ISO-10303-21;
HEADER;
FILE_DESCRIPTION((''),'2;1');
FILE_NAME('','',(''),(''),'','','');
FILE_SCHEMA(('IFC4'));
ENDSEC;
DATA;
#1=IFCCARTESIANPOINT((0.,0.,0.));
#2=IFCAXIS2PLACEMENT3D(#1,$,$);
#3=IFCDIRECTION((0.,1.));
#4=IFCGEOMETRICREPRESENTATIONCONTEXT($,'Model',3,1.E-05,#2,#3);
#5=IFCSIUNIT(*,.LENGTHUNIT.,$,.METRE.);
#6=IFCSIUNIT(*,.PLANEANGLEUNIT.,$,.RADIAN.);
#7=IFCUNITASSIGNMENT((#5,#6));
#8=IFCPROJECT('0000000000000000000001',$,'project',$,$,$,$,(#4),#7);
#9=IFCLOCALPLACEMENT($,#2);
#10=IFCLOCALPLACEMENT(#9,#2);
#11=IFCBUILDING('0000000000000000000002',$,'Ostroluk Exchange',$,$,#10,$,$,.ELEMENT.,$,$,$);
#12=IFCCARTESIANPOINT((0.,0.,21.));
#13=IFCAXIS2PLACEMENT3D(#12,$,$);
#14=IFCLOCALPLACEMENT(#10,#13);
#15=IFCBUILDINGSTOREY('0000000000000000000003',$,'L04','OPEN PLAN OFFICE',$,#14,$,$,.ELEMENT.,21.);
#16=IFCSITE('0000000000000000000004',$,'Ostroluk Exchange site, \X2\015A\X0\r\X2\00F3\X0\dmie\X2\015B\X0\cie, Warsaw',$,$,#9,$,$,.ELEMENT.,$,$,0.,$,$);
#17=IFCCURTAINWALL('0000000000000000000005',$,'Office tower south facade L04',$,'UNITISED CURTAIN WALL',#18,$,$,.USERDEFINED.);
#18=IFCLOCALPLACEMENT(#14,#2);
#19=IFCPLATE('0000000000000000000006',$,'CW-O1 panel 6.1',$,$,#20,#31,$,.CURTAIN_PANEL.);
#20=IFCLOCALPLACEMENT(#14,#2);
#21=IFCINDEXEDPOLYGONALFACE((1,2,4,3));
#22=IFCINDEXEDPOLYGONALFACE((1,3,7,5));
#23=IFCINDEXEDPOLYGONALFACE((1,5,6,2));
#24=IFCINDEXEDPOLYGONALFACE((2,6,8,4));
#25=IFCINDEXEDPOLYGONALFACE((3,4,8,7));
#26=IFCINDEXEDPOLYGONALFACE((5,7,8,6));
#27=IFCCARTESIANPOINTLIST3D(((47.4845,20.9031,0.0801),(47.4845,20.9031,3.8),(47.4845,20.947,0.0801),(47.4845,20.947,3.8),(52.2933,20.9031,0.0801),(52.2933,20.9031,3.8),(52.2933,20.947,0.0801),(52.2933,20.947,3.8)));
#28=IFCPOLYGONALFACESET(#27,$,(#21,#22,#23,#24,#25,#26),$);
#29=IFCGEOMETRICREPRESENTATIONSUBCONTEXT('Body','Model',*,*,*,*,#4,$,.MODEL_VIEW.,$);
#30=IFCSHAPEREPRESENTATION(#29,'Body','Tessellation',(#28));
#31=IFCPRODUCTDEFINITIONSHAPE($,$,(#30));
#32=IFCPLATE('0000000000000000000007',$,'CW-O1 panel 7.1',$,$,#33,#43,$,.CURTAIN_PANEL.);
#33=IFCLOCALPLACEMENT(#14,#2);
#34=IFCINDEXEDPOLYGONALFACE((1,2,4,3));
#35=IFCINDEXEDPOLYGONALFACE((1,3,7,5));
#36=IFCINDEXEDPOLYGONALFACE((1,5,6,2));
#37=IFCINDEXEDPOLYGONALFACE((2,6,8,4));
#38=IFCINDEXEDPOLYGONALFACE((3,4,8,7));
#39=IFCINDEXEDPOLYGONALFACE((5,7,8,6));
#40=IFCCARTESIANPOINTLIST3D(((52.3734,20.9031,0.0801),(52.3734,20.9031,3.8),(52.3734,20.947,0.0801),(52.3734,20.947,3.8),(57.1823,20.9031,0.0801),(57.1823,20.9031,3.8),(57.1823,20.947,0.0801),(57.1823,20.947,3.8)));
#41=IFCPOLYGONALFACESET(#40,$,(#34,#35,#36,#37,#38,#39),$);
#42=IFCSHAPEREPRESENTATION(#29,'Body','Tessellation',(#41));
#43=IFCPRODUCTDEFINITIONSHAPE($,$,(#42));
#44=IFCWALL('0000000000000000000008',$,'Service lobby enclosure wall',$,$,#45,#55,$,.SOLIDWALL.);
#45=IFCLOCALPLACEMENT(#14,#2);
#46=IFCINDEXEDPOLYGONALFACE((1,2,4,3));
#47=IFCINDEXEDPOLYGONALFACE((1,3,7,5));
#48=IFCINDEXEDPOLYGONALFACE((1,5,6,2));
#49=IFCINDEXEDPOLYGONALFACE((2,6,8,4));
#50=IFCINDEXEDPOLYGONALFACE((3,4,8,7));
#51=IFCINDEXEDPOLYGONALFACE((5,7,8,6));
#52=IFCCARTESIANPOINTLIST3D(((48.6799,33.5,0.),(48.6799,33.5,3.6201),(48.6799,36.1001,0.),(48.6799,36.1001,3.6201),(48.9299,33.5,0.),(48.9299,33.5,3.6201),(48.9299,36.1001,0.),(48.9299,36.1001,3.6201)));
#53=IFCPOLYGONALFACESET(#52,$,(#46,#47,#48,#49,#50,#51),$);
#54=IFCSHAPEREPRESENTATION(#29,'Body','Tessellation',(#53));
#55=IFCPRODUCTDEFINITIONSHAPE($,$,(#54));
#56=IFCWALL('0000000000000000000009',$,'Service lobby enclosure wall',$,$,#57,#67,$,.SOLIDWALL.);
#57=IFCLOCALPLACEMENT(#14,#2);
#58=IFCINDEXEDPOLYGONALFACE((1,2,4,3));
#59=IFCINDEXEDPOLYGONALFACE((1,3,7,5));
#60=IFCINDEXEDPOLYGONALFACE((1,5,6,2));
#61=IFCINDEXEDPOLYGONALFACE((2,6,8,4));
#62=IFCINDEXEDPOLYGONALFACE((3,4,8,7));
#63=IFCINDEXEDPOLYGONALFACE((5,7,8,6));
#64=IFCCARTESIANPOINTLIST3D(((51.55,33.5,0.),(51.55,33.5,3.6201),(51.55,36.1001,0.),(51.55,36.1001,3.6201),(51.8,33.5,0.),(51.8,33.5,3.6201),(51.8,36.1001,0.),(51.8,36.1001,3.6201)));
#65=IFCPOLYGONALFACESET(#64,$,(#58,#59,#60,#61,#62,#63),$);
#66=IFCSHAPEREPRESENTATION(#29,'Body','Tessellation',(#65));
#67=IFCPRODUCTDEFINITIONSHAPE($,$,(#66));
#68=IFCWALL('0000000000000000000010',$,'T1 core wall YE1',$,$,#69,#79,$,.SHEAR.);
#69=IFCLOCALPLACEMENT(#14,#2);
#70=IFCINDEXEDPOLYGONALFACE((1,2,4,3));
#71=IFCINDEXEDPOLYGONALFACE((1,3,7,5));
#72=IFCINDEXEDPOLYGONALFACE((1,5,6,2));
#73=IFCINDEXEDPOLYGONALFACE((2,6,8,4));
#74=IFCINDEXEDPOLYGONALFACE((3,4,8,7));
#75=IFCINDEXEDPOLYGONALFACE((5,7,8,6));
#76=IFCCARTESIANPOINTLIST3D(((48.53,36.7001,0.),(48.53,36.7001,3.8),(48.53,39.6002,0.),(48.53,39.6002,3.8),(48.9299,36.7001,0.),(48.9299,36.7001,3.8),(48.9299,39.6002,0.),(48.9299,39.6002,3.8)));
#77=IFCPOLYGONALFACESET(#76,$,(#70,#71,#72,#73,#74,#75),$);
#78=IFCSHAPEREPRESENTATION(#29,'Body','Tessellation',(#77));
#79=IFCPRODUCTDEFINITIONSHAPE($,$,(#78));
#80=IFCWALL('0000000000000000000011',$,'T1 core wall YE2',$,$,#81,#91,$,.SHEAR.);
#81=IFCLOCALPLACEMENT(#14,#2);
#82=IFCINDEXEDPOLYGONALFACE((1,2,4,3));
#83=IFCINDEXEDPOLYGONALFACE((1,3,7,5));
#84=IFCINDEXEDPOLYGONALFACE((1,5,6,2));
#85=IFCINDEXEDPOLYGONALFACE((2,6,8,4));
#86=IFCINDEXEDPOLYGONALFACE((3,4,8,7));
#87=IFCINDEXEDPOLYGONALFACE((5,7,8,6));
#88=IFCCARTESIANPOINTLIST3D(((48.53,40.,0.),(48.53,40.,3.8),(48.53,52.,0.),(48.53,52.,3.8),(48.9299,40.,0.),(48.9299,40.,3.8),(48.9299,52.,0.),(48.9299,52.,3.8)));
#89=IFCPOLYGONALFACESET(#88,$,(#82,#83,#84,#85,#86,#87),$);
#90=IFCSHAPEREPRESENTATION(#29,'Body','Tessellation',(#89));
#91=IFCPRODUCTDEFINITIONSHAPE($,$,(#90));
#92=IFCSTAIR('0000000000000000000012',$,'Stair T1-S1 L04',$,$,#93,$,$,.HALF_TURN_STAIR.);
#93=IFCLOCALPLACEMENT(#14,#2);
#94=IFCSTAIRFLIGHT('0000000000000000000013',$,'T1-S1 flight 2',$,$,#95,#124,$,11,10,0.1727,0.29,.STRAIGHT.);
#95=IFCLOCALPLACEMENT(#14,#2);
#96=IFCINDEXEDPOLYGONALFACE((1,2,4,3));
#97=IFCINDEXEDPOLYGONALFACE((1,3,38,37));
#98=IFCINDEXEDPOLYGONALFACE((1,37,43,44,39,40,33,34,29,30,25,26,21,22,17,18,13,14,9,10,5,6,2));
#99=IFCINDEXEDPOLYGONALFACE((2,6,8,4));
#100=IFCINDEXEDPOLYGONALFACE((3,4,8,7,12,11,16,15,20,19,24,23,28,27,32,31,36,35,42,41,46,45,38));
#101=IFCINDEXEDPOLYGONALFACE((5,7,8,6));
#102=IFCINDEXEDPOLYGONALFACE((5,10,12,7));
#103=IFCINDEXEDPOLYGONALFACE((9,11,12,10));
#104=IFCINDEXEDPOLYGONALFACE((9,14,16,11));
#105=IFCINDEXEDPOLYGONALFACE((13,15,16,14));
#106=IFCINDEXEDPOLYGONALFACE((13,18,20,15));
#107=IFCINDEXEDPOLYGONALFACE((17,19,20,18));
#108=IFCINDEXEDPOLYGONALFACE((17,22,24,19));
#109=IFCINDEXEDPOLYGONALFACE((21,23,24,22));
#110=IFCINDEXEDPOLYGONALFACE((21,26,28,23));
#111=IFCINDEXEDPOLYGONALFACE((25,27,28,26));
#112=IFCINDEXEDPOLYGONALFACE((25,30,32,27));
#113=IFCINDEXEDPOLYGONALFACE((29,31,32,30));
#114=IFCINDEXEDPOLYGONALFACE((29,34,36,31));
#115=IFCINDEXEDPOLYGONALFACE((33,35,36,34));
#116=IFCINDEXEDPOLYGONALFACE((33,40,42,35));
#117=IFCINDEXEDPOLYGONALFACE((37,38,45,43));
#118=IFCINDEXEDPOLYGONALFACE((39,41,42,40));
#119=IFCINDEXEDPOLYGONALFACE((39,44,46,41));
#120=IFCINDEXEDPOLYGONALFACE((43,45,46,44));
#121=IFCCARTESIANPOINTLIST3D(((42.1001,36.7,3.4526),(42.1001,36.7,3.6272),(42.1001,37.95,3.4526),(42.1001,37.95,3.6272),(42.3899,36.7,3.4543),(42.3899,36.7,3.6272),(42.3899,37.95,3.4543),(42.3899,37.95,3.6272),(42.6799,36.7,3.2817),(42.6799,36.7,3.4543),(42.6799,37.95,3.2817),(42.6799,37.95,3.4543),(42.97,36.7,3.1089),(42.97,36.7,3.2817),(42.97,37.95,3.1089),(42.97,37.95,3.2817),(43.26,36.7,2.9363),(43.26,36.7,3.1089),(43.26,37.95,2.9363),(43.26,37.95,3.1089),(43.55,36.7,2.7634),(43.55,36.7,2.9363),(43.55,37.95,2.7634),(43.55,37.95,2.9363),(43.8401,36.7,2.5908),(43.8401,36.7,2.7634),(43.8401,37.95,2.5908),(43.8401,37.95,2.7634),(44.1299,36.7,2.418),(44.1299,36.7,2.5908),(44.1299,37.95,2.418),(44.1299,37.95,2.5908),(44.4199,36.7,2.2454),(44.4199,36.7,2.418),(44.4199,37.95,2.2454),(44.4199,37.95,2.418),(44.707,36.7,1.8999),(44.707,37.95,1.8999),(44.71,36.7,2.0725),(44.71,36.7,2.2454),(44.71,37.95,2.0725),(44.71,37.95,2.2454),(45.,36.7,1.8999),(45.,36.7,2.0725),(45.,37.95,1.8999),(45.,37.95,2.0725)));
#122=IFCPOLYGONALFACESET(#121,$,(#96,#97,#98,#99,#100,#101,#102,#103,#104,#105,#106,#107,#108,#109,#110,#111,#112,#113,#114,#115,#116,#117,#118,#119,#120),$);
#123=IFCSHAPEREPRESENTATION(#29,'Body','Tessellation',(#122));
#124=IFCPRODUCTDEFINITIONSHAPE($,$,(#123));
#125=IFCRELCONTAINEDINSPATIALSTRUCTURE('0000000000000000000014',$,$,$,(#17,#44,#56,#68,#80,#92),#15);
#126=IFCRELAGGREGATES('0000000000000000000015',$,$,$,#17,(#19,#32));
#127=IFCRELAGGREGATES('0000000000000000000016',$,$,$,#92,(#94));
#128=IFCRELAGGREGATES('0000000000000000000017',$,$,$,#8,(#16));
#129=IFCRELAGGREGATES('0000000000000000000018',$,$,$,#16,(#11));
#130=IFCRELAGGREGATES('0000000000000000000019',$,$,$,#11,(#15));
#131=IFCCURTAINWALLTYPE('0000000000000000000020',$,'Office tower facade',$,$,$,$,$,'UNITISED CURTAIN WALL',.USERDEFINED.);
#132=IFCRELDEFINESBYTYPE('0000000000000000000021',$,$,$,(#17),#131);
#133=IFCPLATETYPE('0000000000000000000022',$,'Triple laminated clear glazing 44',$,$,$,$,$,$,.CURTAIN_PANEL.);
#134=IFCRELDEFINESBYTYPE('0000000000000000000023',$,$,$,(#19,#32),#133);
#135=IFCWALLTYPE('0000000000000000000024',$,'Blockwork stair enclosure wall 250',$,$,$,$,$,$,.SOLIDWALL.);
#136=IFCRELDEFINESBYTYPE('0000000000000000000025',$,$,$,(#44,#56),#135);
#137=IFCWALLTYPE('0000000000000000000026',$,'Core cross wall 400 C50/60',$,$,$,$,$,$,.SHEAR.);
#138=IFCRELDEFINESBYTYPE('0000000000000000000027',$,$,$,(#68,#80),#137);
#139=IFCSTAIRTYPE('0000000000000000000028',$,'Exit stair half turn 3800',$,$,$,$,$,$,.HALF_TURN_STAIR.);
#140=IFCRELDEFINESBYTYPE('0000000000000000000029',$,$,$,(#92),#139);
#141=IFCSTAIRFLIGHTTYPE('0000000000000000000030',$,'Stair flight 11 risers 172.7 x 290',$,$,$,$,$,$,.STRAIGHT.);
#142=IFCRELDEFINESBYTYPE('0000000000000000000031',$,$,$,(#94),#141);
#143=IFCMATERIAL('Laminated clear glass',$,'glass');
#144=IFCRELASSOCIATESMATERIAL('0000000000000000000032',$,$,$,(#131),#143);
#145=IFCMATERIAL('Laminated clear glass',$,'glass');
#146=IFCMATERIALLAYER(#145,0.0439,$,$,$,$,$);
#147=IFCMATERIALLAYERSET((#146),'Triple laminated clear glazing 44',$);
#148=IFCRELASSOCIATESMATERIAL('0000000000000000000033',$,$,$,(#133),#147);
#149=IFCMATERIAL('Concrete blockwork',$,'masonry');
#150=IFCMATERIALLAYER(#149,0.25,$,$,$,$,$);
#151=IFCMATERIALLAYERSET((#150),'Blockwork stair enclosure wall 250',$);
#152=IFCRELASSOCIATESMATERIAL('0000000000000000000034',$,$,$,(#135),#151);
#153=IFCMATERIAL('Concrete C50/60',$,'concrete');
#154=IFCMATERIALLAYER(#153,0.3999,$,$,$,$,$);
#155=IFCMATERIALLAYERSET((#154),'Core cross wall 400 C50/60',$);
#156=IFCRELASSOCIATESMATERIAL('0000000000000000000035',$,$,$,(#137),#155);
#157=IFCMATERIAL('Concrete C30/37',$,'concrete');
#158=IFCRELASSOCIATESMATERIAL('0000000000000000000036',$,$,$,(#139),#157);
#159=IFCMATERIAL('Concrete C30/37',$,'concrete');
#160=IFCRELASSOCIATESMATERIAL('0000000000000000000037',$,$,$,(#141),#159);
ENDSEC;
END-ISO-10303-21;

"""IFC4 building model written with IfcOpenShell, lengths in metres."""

from ifc_helpers import new_model, si_unit, direction, frame, frame_2d, origin, origin_2d, place, context, subcontext, project, spatial, polyline, rectangle, outline, extrude, material, layer, layer_set, type_object, element, aggregate, save


model = new_model("IFC4")

# Units and contexts
model_context = context("Model", 3, precision=1e-05, world=origin(), true_north=direction((0.0, 1.0)))
body_context = subcontext(model_context, "Body", "Model", "MODEL_VIEW")
ifc_project = project(units=[si_unit("LENGTHUNIT", "METRE"), si_unit("PLANEANGLEUNIT", "RADIAN")], contexts=[model_context])

# Site, building, storey
site_placement = place(None, origin())
site = spatial("IfcSite", under=ifc_project, at=site_placement, Name="Ostroluk Exchange site, Śródmieście, Warsaw", CompositionType="ELEMENT", RefElevation=0.0)
building_placement = place(site_placement, origin())
building = spatial("IfcBuilding", under=site, at=building_placement, Name="Ostroluk Exchange", CompositionType="ELEMENT")
storey_placement = place(building_placement, frame((0.0, 0.0, 21.0)))
storey = spatial("IfcBuildingStorey", under=building, at=storey_placement, Name="L04", Description="OPEN PLAN OFFICE", CompositionType="ELEMENT", Elevation=21.0)

# Curtain wall, plates
ifc_material_1 = material(Name="Laminated clear glass", Category="glass")
curtain_wall_type = type_object("IfcCurtainWallType", Name="Office tower facade", ElementType="UNITISED CURTAIN WALL", PredefinedType="USERDEFINED", material=ifc_material_1)
curtain_wall_placement = place(storey_placement, origin())
curtain_wall = element("IfcCurtainWall", 1, at=curtain_wall_placement, inside=storey, type_object=curtain_wall_type, Name="Office tower south facade L04", ObjectType="UNITISED CURTAIN WALL", PredefinedType="USERDEFINED")
ifc_material_2 = material(Name="Laminated clear glass", Category="glass")
ifc_layer_1 = layer(ifc_material_2, 0.0439)
ifc_layer_set_1 = layer_set([ifc_layer_1], Name="Triple laminated clear glazing 44")
plate_type = type_object("IfcPlateType", Name="Triple laminated clear glazing 44", PredefinedType="CURTAIN_PANEL", material=ifc_layer_set_1)
plate_1_placement = place(storey_placement, frame((49.8889, 20.925, 0.0801), z_axis=(0.0, 0.0, 1.0), x_axis=(1.0, 0.0, 0.0)))
plate_1 = element("IfcPlate", 2, at=plate_1_placement, type_object=plate_type, Name="CW-O1 panel 6.1", PredefinedType="CURTAIN_PANEL", context=body_context, shape_type="SweptSolid", body=[
    extrude(rectangle(XDim=4.8088, YDim=0.0439, at=origin_2d()), origin(), (0.0, 0.0, 1.0), 3.72),
])
plate_2_placement = place(storey_placement, frame((54.7778, 20.925, 0.0801), z_axis=(0.0, 0.0, 1.0), x_axis=(1.0, 0.0, 0.0)))
plate_2 = element("IfcPlate", 3, at=plate_2_placement, type_object=plate_type, Name="CW-O1 panel 7.1", PredefinedType="CURTAIN_PANEL", context=body_context, shape_type="SweptSolid", body=[
    extrude(rectangle(XDim=4.8088, YDim=0.0439, at=origin_2d()), origin(), (0.0, 0.0, 1.0), 3.72),
])
aggregate(curtain_wall, [plate_1, plate_2])

# Walls
ifc_material_3 = material(Name="Concrete blockwork", Category="masonry")
ifc_layer_2 = layer(ifc_material_3, 0.25)
ifc_layer_set_2 = layer_set([ifc_layer_2], Name="Blockwork stair enclosure wall 250")
wall_type_1 = type_object("IfcWallType", Name="Blockwork stair enclosure wall 250", PredefinedType="SOLIDWALL", material=ifc_layer_set_2)
for number, where, z_axis, x_axis, name in (
    (4, (48.8049, 33.5, 0.0), (0.0, 0.0, 1.0), (0.0, 1.0, 0.0), "Service lobby enclosure wall"),
    (5, (51.675, 33.5, 0.0), (0.0, 0.0, 1.0), (0.0, 1.0, 0.0), "Service lobby enclosure wall"),
):
    element("IfcWall", number, at=place(storey_placement, frame(where, z_axis=z_axis, x_axis=x_axis)), inside=storey, type_object=wall_type_1, Name=name, PredefinedType="SOLIDWALL", context=body_context, shape_type="SweptSolid", body=[
        extrude(rectangle(XDim=2.6001, YDim=0.25, at=frame_2d((1.3, 0.0))), origin(), (0.0, 0.0, 1.0), 3.6201),
    ])
ifc_material_4 = material(Name="Concrete C50/60", Category="concrete")
ifc_layer_3 = layer(ifc_material_4, 0.3999)
ifc_layer_set_3 = layer_set([ifc_layer_3], Name="Core cross wall 400 C50/60")
wall_type_2 = type_object("IfcWallType", Name="Core cross wall 400 C50/60", PredefinedType="SHEAR", material=ifc_layer_set_3)
wall_1_placement = place(storey_placement, frame((48.73, 36.7, 0.0), z_axis=(0.0, 0.0, 1.0), x_axis=(0.0, 1.0, 0.0)))
element("IfcWall", 6, at=wall_1_placement, inside=storey, type_object=wall_type_2, Name="T1 core wall YE1", PredefinedType="SHEAR", context=body_context, shape_type="SweptSolid", body=[
    extrude(rectangle(XDim=2.9001, YDim=0.3999, at=frame_2d((1.4502, 0.0))), origin(), (0.0, 0.0, 1.0), 3.8),
])
wall_2_placement = place(storey_placement, frame((48.73, 40.0, 0.0), z_axis=(0.0, 0.0, 1.0), x_axis=(0.0, 1.0, 0.0)))
element("IfcWall", 7, at=wall_2_placement, inside=storey, type_object=wall_type_2, Name="T1 core wall YE2", PredefinedType="SHEAR", context=body_context, shape_type="SweptSolid", body=[
    extrude(rectangle(XDim=12.0, YDim=0.3999, at=frame_2d((6.0, 0.0))), origin(), (0.0, 0.0, 1.0), 3.8),
])

# Stair, stair flight
ifc_material_5 = material(Name="Concrete C30/37", Category="concrete")
stair_type = type_object("IfcStairType", Name="Exit stair half turn 3800", PredefinedType="HALF_TURN_STAIR", material=ifc_material_5)
stair_placement = place(storey_placement, origin())
stair = element("IfcStair", 8, at=stair_placement, inside=storey, type_object=stair_type, Name="Stair T1-S1 L04", PredefinedType="HALF_TURN_STAIR")
ifc_material_6 = material(Name="Concrete C30/37", Category="concrete")
stair_flight_type = type_object("IfcStairFlightType", Name="Stair flight 11 risers 172.7 x 290", PredefinedType="STRAIGHT", material=ifc_material_6)
stair_flight_placement = place(storey_placement, frame((45.0, 37.325, 1.8999), z_axis=(0.0, 0.0, 1.0), x_axis=(-1.0, 0.0, 0.0)))
stair_flight = element("IfcStairFlight", 9, at=stair_flight_placement, type_object=stair_flight_type, Name="T1-S1 flight 2", NumberOfRisers=11, NumberOfTreads=10, PredefinedType="STRAIGHT", RiserHeight=0.1727, TreadLength=0.29, context=body_context, shape_type="SweptSolid", body=[
    extrude(outline(polyline([(0.0, 0.0), (0.0, 0.1726), (0.29, 0.1726), (0.29, 0.3455), (0.5801, 0.3455), (0.5801, 0.5181), (0.8701, 0.5181), (0.8701, 0.6909), (1.1599, 0.6909), (1.1599, 0.8635), (1.45, 0.8635), (1.45, 1.0364), (1.74, 1.0364), (1.74, 1.209), (2.03, 1.209), (2.03, 1.3818), (2.3201, 1.3818), (2.3201, 1.5544), (2.6101, 1.5544), (2.6101, 1.7273), (2.8999, 1.7273), (2.8999, 1.8999), (2.8999, 1.5527), (0.293, 0.0), (0.0, 0.0)])), frame((0.0, 0.625, 0.0), z_axis=(0.0, -1.0, 0.0), x_axis=(1.0, 0.0, 0.0)), (0.0, 0.0, 1.0), 1.25),
])
aggregate(stair, [stair_flight])

save(model, "model.ifc")
